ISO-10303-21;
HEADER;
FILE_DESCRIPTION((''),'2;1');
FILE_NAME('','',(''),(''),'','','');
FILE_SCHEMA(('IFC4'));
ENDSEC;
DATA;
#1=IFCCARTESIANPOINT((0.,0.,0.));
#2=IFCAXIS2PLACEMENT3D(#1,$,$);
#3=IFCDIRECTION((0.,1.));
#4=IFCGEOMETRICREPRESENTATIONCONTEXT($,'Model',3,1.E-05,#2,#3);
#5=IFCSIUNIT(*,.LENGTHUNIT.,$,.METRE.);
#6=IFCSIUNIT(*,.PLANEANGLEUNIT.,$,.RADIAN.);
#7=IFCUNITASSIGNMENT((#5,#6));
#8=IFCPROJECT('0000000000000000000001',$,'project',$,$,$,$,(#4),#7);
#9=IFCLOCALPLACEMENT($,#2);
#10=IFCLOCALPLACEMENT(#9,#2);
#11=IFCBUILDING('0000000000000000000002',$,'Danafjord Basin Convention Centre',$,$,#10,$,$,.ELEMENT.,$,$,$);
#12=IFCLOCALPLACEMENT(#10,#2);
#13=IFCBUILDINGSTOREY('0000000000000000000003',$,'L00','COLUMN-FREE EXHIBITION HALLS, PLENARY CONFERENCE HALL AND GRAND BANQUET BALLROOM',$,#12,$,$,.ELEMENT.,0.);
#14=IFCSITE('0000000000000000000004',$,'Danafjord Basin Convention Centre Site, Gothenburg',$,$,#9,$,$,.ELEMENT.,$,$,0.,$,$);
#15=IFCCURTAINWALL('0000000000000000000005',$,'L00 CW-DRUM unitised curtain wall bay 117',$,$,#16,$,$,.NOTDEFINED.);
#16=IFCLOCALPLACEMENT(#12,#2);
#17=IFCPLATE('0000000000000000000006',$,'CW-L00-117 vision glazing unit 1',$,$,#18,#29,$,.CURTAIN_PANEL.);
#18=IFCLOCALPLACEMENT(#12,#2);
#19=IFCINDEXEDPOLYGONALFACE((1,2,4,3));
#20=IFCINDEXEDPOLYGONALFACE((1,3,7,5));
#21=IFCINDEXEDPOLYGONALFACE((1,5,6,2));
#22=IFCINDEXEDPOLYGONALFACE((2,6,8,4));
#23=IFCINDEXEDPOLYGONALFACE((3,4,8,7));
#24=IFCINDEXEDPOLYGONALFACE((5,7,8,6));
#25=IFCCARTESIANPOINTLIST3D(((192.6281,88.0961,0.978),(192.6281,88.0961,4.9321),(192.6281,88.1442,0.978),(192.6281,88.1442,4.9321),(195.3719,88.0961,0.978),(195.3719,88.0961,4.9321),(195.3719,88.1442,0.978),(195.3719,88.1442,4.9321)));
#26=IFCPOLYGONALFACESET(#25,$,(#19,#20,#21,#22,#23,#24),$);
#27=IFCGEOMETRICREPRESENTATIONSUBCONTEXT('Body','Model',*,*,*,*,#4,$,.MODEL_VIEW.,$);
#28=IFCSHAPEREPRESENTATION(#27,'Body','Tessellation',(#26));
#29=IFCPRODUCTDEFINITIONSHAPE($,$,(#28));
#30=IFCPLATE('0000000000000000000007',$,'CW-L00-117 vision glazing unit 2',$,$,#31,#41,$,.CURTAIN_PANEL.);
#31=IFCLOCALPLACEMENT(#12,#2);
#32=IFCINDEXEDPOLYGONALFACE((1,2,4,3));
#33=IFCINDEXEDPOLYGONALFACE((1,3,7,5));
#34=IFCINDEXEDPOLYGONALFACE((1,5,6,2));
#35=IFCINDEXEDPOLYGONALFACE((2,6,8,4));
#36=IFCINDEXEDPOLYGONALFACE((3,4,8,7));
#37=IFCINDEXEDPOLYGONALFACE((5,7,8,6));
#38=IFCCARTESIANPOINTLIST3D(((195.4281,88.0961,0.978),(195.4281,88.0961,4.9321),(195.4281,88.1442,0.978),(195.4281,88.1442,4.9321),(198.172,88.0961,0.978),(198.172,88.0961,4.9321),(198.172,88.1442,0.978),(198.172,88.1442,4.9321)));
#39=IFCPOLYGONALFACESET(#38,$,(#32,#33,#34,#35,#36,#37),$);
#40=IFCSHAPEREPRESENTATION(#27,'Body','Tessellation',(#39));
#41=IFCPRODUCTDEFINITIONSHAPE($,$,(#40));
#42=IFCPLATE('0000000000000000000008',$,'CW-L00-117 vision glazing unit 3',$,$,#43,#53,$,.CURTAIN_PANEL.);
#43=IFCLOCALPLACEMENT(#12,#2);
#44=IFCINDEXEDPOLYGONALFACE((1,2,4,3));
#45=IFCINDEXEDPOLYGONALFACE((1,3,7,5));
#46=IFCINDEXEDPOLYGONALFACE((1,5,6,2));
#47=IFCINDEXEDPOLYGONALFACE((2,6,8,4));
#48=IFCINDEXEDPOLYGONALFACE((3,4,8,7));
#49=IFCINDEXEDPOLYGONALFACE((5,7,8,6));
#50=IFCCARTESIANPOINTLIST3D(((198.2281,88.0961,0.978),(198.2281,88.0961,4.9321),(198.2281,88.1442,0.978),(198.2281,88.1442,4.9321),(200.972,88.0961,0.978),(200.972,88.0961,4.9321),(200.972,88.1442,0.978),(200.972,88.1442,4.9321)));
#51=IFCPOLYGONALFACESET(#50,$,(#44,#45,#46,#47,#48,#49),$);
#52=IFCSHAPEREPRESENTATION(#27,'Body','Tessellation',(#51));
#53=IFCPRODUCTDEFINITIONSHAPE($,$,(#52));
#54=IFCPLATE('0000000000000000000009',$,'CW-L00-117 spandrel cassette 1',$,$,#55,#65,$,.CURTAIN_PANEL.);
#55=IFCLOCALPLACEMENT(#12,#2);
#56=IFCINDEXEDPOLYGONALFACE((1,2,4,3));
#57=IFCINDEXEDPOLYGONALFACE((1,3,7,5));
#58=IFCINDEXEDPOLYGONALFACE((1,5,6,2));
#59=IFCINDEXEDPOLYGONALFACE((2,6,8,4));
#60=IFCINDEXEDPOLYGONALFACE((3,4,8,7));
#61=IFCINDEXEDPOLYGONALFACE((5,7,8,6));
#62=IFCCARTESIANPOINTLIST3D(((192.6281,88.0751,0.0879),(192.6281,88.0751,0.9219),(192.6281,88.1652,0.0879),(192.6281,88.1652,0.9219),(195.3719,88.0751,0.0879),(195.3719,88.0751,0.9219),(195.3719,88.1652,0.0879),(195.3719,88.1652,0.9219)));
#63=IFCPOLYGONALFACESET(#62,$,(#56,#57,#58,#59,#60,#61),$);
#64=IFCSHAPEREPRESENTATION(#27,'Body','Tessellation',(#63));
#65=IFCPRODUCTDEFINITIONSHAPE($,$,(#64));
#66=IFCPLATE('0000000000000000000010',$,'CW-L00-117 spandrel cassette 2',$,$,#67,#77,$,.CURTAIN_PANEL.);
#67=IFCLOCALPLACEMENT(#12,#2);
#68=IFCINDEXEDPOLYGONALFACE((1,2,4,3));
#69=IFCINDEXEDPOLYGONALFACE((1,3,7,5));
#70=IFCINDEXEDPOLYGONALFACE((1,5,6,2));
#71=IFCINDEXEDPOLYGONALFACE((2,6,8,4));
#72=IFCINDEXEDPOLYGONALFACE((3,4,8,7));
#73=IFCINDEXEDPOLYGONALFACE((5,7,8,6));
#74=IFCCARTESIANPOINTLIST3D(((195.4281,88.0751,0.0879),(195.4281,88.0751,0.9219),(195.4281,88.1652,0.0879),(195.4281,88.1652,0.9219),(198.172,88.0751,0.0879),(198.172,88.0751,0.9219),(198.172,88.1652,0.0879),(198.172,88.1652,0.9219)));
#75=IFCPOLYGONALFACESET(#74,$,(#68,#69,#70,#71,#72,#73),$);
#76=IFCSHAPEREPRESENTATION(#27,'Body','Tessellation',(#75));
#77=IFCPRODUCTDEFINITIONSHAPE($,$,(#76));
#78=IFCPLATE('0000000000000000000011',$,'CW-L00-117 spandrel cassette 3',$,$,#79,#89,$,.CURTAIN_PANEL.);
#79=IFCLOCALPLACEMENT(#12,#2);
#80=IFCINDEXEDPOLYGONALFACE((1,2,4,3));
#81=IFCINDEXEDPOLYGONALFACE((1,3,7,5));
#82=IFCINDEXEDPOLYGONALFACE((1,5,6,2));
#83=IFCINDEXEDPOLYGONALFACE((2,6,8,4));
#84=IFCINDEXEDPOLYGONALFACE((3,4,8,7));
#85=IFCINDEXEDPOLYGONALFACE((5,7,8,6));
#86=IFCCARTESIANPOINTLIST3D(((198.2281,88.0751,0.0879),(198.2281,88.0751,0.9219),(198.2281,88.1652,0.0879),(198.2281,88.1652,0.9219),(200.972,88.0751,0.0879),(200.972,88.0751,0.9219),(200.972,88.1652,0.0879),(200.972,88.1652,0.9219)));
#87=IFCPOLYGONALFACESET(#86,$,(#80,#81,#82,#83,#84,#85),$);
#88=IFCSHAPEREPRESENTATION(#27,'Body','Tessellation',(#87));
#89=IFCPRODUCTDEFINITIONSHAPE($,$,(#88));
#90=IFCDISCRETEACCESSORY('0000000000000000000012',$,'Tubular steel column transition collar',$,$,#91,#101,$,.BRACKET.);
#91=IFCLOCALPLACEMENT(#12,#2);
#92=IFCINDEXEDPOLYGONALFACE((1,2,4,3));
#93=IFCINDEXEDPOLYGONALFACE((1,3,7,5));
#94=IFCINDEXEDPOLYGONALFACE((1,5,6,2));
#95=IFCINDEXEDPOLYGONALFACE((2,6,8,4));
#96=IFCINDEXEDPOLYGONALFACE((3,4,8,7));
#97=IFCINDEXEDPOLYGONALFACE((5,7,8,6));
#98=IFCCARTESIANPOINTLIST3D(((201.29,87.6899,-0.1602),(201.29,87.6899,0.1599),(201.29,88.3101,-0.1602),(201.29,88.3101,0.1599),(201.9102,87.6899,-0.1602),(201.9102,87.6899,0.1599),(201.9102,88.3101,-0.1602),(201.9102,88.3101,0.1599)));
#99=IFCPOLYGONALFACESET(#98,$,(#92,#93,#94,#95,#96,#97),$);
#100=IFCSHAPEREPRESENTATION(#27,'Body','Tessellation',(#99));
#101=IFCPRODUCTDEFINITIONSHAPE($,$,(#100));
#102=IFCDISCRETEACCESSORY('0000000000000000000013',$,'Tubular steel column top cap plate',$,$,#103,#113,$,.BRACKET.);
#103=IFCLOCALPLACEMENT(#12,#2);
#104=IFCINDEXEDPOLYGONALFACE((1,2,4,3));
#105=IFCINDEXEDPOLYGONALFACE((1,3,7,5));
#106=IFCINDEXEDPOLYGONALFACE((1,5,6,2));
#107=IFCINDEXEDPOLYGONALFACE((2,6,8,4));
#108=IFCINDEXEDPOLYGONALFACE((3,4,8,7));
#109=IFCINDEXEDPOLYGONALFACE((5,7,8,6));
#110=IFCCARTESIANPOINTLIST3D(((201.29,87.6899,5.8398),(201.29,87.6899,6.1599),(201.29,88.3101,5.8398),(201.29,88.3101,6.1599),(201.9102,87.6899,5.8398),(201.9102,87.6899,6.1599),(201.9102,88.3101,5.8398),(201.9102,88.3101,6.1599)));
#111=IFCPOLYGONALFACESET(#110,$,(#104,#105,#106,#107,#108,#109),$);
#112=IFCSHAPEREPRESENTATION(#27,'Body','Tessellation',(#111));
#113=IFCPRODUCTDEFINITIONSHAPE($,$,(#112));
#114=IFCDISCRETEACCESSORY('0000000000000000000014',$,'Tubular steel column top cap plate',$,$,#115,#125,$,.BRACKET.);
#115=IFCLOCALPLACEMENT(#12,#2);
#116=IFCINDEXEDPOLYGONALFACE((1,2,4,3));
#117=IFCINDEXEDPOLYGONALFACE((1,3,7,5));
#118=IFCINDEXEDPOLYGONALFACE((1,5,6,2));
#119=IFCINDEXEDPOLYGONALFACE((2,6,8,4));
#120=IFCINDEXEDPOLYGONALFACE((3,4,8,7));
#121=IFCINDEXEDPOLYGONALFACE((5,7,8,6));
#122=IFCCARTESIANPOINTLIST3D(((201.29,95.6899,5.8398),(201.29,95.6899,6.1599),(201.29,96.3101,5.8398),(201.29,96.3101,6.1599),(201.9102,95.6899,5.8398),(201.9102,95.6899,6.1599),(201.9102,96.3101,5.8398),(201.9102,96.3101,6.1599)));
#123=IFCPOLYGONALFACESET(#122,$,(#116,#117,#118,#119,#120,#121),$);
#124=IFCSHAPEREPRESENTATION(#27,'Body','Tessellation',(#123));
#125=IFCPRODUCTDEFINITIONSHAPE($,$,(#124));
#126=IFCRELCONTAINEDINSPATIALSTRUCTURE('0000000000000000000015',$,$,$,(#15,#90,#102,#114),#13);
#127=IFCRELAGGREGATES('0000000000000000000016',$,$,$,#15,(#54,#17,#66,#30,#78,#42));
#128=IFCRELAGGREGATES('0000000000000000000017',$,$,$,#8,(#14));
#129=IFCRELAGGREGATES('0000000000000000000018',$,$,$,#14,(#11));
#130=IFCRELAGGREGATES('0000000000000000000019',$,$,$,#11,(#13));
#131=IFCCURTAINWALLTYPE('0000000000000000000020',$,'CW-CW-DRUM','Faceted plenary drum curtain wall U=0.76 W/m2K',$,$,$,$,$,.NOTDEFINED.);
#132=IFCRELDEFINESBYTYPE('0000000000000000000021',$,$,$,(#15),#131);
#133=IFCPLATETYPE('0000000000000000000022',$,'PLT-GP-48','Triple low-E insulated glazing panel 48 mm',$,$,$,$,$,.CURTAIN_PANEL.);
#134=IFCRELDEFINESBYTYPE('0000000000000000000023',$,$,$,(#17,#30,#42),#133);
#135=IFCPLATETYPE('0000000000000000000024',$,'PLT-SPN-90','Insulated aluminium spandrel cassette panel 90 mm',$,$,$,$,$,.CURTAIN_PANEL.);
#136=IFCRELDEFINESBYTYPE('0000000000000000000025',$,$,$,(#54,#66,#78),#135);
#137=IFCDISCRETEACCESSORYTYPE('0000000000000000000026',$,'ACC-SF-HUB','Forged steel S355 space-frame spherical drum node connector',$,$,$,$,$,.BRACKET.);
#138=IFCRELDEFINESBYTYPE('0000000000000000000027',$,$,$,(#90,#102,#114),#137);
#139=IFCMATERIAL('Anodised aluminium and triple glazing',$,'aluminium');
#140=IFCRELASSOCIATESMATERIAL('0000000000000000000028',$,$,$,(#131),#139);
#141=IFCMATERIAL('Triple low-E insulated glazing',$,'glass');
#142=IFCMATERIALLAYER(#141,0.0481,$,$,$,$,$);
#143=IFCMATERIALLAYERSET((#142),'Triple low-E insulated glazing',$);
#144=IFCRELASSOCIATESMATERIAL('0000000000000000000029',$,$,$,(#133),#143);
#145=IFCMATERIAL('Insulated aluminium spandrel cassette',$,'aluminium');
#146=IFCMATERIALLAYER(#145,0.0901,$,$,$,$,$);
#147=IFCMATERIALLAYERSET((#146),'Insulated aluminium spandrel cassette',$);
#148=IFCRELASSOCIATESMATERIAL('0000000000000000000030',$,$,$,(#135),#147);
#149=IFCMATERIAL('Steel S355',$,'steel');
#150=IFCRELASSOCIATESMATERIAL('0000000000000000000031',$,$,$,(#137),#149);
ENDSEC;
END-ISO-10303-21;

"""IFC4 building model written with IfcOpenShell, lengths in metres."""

from ifc_helpers import new_model, si_unit, direction, frame, origin, origin_2d, place, context, subcontext, project, spatial, rectangle, extrude, material, layer, layer_set, type_object, element, aggregate, save


model = new_model("IFC4")

# Units and contexts
model_context = context("Model", 3, precision=1e-05, world=origin(), true_north=direction((0.0, 1.0)))
body_context = subcontext(model_context, "Body", "Model", "MODEL_VIEW")
ifc_project = project(units=[si_unit("LENGTHUNIT", "METRE"), si_unit("PLANEANGLEUNIT", "RADIAN")], contexts=[model_context])

# Site, building, storey
site_placement = place(None, origin())
site = spatial("IfcSite", under=ifc_project, at=site_placement, Name="Danafjord Basin Convention Centre Site, Gothenburg", CompositionType="ELEMENT", RefElevation=0.0)
building_placement = place(site_placement, origin())
building = spatial("IfcBuilding", under=site, at=building_placement, Name="Danafjord Basin Convention Centre", CompositionType="ELEMENT")
storey_placement = place(building_placement, origin())
storey = spatial("IfcBuildingStorey", under=building, at=storey_placement, Name="L00", Description="COLUMN-FREE EXHIBITION HALLS, PLENARY CONFERENCE HALL AND GRAND BANQUET BALLROOM", CompositionType="ELEMENT", Elevation=0.0)

# Shared definitions
ifc_material_1 = material(Name="Steel S355", Category="steel")

# Curtain wall, plates
ifc_material_2 = material(Name="Anodised aluminium and triple glazing", Category="aluminium")
curtain_wall_type = type_object("IfcCurtainWallType", Name="CW-CW-DRUM", Description="Faceted plenary drum curtain wall U=0.76 W/m2K", PredefinedType="NOTDEFINED", material=ifc_material_2)
curtain_wall_placement = place(storey_placement, origin())
curtain_wall = element("IfcCurtainWall", 1, at=curtain_wall_placement, inside=storey, type_object=curtain_wall_type, Name="L00 CW-DRUM unitised curtain wall bay 117", PredefinedType="NOTDEFINED")
ifc_material_3 = material(Name="Triple low-E insulated glazing", Category="glass")
ifc_layer_1 = layer(ifc_material_3, 0.0481)
ifc_layer_set_1 = layer_set([ifc_layer_1], Name="Triple low-E insulated glazing")
plate_type_1 = type_object("IfcPlateType", Name="PLT-GP-48", Description="Triple low-E insulated glazing panel 48 mm", PredefinedType="CURTAIN_PANEL", material=ifc_layer_set_1)
plate_1_placement = place(storey_placement, frame((194.0, 88.1201, 0.978), z_axis=(0.0, 0.0, 1.0), x_axis=(1.0, 0.0, 0.0)))
plate_1 = element("IfcPlate", 2, at=plate_1_placement, type_object=plate_type_1, Name="CW-L00-117 vision glazing unit 1", PredefinedType="CURTAIN_PANEL", context=body_context, shape_type="SweptSolid", body=[
    extrude(rectangle(XDim=2.7439, YDim=0.0481, at=origin_2d()), origin(), (0.0, 0.0, 1.0), 3.9541),
])
plate_2_placement = place(storey_placement, frame((196.8, 88.1201, 0.978), z_axis=(0.0, 0.0, 1.0), x_axis=(1.0, 0.0, 0.0)))
plate_2 = element("IfcPlate", 3, at=plate_2_placement, type_object=plate_type_1, Name="CW-L00-117 vision glazing unit 2", PredefinedType="CURTAIN_PANEL", context=body_context, shape_type="SweptSolid", body=[
    extrude(rectangle(XDim=2.7439, YDim=0.0481, at=origin_2d()), origin(), (0.0, 0.0, 1.0), 3.9541),
])
plate_3_placement = place(storey_placement, frame((199.6001, 88.1201, 0.978), z_axis=(0.0, 0.0, 1.0), x_axis=(1.0, 0.0, 0.0)))
plate_3 = element("IfcPlate", 4, at=plate_3_placement, type_object=plate_type_1, Name="CW-L00-117 vision glazing unit 3", PredefinedType="CURTAIN_PANEL", context=body_context, shape_type="SweptSolid", body=[
    extrude(rectangle(XDim=2.7439, YDim=0.0481, at=origin_2d()), origin(), (0.0, 0.0, 1.0), 3.9541),
])
ifc_material_4 = material(Name="Insulated aluminium spandrel cassette", Category="aluminium")
ifc_layer_2 = layer(ifc_material_4, 0.0901)
ifc_layer_set_2 = layer_set([ifc_layer_2], Name="Insulated aluminium spandrel cassette")
plate_type_2 = type_object("IfcPlateType", Name="PLT-SPN-90", Description="Insulated aluminium spandrel cassette panel 90 mm", PredefinedType="CURTAIN_PANEL", material=ifc_layer_set_2)
plate_4_placement = place(storey_placement, frame((194.0, 88.1201, 0.0879), z_axis=(0.0, 0.0, 1.0), x_axis=(1.0, 0.0, 0.0)))
plate_4 = element("IfcPlate", 5, at=plate_4_placement, type_object=plate_type_2, Name="CW-L00-117 spandrel cassette 1", PredefinedType="CURTAIN_PANEL", context=body_context, shape_type="SweptSolid", body=[
    extrude(rectangle(XDim=2.7439, YDim=0.0901, at=origin_2d()), origin(), (0.0, 0.0, 1.0), 0.834),
])
plate_5_placement = place(storey_placement, frame((196.8, 88.1201, 0.0879), z_axis=(0.0, 0.0, 1.0), x_axis=(1.0, 0.0, 0.0)))
plate_5 = element("IfcPlate", 6, at=plate_5_placement, type_object=plate_type_2, Name="CW-L00-117 spandrel cassette 2", PredefinedType="CURTAIN_PANEL", context=body_context, shape_type="SweptSolid", body=[
    extrude(rectangle(XDim=2.7439, YDim=0.0901, at=origin_2d()), origin(), (0.0, 0.0, 1.0), 0.834),
])
plate_6_placement = place(storey_placement, frame((199.6001, 88.1201, 0.0879), z_axis=(0.0, 0.0, 1.0), x_axis=(1.0, 0.0, 0.0)))
plate_6 = element("IfcPlate", 7, at=plate_6_placement, type_object=plate_type_2, Name="CW-L00-117 spandrel cassette 3", PredefinedType="CURTAIN_PANEL", context=body_context, shape_type="SweptSolid", body=[
    extrude(rectangle(XDim=2.7439, YDim=0.0901, at=origin_2d()), origin(), (0.0, 0.0, 1.0), 0.834),
])
aggregate(curtain_wall, [plate_4, plate_1, plate_5, plate_2, plate_6, plate_3])

# Discrete accessories
discrete_accessory_type = type_object("IfcDiscreteAccessoryType", Name="ACC-SF-HUB", Description="Forged steel S355 space-frame spherical drum node connector", PredefinedType="BRACKET", material=ifc_material_1)
for number, where, z_axis, x_axis, name in (
    (8, (201.6001, 88.0, -0.1602), (0.0, 0.0, 1.0), (1.0, 0.0, 0.0), "Tubular steel column transition collar"),
    (9, (201.6001, 88.0, 5.8398), (0.0, 0.0, 1.0), (1.0, 0.0, 0.0), "Tubular steel column top cap plate"),
    (10, (201.6001, 96.0, 5.8398), (0.0, 0.0, 1.0), (1.0, 0.0, 0.0), "Tubular steel column top cap plate"),
):
    element("IfcDiscreteAccessory", number, at=place(storey_placement, frame(where, z_axis=z_axis, x_axis=x_axis)), inside=storey, type_object=discrete_accessory_type, Name=name, PredefinedType="BRACKET", context=body_context, shape_type="SweptSolid", body=[
        extrude(rectangle(XDim=0.6201, YDim=0.6201, at=origin_2d()), origin(), (0.0, 0.0, 1.0), 0.3201),
    ])

save(model, "model.ifc")
